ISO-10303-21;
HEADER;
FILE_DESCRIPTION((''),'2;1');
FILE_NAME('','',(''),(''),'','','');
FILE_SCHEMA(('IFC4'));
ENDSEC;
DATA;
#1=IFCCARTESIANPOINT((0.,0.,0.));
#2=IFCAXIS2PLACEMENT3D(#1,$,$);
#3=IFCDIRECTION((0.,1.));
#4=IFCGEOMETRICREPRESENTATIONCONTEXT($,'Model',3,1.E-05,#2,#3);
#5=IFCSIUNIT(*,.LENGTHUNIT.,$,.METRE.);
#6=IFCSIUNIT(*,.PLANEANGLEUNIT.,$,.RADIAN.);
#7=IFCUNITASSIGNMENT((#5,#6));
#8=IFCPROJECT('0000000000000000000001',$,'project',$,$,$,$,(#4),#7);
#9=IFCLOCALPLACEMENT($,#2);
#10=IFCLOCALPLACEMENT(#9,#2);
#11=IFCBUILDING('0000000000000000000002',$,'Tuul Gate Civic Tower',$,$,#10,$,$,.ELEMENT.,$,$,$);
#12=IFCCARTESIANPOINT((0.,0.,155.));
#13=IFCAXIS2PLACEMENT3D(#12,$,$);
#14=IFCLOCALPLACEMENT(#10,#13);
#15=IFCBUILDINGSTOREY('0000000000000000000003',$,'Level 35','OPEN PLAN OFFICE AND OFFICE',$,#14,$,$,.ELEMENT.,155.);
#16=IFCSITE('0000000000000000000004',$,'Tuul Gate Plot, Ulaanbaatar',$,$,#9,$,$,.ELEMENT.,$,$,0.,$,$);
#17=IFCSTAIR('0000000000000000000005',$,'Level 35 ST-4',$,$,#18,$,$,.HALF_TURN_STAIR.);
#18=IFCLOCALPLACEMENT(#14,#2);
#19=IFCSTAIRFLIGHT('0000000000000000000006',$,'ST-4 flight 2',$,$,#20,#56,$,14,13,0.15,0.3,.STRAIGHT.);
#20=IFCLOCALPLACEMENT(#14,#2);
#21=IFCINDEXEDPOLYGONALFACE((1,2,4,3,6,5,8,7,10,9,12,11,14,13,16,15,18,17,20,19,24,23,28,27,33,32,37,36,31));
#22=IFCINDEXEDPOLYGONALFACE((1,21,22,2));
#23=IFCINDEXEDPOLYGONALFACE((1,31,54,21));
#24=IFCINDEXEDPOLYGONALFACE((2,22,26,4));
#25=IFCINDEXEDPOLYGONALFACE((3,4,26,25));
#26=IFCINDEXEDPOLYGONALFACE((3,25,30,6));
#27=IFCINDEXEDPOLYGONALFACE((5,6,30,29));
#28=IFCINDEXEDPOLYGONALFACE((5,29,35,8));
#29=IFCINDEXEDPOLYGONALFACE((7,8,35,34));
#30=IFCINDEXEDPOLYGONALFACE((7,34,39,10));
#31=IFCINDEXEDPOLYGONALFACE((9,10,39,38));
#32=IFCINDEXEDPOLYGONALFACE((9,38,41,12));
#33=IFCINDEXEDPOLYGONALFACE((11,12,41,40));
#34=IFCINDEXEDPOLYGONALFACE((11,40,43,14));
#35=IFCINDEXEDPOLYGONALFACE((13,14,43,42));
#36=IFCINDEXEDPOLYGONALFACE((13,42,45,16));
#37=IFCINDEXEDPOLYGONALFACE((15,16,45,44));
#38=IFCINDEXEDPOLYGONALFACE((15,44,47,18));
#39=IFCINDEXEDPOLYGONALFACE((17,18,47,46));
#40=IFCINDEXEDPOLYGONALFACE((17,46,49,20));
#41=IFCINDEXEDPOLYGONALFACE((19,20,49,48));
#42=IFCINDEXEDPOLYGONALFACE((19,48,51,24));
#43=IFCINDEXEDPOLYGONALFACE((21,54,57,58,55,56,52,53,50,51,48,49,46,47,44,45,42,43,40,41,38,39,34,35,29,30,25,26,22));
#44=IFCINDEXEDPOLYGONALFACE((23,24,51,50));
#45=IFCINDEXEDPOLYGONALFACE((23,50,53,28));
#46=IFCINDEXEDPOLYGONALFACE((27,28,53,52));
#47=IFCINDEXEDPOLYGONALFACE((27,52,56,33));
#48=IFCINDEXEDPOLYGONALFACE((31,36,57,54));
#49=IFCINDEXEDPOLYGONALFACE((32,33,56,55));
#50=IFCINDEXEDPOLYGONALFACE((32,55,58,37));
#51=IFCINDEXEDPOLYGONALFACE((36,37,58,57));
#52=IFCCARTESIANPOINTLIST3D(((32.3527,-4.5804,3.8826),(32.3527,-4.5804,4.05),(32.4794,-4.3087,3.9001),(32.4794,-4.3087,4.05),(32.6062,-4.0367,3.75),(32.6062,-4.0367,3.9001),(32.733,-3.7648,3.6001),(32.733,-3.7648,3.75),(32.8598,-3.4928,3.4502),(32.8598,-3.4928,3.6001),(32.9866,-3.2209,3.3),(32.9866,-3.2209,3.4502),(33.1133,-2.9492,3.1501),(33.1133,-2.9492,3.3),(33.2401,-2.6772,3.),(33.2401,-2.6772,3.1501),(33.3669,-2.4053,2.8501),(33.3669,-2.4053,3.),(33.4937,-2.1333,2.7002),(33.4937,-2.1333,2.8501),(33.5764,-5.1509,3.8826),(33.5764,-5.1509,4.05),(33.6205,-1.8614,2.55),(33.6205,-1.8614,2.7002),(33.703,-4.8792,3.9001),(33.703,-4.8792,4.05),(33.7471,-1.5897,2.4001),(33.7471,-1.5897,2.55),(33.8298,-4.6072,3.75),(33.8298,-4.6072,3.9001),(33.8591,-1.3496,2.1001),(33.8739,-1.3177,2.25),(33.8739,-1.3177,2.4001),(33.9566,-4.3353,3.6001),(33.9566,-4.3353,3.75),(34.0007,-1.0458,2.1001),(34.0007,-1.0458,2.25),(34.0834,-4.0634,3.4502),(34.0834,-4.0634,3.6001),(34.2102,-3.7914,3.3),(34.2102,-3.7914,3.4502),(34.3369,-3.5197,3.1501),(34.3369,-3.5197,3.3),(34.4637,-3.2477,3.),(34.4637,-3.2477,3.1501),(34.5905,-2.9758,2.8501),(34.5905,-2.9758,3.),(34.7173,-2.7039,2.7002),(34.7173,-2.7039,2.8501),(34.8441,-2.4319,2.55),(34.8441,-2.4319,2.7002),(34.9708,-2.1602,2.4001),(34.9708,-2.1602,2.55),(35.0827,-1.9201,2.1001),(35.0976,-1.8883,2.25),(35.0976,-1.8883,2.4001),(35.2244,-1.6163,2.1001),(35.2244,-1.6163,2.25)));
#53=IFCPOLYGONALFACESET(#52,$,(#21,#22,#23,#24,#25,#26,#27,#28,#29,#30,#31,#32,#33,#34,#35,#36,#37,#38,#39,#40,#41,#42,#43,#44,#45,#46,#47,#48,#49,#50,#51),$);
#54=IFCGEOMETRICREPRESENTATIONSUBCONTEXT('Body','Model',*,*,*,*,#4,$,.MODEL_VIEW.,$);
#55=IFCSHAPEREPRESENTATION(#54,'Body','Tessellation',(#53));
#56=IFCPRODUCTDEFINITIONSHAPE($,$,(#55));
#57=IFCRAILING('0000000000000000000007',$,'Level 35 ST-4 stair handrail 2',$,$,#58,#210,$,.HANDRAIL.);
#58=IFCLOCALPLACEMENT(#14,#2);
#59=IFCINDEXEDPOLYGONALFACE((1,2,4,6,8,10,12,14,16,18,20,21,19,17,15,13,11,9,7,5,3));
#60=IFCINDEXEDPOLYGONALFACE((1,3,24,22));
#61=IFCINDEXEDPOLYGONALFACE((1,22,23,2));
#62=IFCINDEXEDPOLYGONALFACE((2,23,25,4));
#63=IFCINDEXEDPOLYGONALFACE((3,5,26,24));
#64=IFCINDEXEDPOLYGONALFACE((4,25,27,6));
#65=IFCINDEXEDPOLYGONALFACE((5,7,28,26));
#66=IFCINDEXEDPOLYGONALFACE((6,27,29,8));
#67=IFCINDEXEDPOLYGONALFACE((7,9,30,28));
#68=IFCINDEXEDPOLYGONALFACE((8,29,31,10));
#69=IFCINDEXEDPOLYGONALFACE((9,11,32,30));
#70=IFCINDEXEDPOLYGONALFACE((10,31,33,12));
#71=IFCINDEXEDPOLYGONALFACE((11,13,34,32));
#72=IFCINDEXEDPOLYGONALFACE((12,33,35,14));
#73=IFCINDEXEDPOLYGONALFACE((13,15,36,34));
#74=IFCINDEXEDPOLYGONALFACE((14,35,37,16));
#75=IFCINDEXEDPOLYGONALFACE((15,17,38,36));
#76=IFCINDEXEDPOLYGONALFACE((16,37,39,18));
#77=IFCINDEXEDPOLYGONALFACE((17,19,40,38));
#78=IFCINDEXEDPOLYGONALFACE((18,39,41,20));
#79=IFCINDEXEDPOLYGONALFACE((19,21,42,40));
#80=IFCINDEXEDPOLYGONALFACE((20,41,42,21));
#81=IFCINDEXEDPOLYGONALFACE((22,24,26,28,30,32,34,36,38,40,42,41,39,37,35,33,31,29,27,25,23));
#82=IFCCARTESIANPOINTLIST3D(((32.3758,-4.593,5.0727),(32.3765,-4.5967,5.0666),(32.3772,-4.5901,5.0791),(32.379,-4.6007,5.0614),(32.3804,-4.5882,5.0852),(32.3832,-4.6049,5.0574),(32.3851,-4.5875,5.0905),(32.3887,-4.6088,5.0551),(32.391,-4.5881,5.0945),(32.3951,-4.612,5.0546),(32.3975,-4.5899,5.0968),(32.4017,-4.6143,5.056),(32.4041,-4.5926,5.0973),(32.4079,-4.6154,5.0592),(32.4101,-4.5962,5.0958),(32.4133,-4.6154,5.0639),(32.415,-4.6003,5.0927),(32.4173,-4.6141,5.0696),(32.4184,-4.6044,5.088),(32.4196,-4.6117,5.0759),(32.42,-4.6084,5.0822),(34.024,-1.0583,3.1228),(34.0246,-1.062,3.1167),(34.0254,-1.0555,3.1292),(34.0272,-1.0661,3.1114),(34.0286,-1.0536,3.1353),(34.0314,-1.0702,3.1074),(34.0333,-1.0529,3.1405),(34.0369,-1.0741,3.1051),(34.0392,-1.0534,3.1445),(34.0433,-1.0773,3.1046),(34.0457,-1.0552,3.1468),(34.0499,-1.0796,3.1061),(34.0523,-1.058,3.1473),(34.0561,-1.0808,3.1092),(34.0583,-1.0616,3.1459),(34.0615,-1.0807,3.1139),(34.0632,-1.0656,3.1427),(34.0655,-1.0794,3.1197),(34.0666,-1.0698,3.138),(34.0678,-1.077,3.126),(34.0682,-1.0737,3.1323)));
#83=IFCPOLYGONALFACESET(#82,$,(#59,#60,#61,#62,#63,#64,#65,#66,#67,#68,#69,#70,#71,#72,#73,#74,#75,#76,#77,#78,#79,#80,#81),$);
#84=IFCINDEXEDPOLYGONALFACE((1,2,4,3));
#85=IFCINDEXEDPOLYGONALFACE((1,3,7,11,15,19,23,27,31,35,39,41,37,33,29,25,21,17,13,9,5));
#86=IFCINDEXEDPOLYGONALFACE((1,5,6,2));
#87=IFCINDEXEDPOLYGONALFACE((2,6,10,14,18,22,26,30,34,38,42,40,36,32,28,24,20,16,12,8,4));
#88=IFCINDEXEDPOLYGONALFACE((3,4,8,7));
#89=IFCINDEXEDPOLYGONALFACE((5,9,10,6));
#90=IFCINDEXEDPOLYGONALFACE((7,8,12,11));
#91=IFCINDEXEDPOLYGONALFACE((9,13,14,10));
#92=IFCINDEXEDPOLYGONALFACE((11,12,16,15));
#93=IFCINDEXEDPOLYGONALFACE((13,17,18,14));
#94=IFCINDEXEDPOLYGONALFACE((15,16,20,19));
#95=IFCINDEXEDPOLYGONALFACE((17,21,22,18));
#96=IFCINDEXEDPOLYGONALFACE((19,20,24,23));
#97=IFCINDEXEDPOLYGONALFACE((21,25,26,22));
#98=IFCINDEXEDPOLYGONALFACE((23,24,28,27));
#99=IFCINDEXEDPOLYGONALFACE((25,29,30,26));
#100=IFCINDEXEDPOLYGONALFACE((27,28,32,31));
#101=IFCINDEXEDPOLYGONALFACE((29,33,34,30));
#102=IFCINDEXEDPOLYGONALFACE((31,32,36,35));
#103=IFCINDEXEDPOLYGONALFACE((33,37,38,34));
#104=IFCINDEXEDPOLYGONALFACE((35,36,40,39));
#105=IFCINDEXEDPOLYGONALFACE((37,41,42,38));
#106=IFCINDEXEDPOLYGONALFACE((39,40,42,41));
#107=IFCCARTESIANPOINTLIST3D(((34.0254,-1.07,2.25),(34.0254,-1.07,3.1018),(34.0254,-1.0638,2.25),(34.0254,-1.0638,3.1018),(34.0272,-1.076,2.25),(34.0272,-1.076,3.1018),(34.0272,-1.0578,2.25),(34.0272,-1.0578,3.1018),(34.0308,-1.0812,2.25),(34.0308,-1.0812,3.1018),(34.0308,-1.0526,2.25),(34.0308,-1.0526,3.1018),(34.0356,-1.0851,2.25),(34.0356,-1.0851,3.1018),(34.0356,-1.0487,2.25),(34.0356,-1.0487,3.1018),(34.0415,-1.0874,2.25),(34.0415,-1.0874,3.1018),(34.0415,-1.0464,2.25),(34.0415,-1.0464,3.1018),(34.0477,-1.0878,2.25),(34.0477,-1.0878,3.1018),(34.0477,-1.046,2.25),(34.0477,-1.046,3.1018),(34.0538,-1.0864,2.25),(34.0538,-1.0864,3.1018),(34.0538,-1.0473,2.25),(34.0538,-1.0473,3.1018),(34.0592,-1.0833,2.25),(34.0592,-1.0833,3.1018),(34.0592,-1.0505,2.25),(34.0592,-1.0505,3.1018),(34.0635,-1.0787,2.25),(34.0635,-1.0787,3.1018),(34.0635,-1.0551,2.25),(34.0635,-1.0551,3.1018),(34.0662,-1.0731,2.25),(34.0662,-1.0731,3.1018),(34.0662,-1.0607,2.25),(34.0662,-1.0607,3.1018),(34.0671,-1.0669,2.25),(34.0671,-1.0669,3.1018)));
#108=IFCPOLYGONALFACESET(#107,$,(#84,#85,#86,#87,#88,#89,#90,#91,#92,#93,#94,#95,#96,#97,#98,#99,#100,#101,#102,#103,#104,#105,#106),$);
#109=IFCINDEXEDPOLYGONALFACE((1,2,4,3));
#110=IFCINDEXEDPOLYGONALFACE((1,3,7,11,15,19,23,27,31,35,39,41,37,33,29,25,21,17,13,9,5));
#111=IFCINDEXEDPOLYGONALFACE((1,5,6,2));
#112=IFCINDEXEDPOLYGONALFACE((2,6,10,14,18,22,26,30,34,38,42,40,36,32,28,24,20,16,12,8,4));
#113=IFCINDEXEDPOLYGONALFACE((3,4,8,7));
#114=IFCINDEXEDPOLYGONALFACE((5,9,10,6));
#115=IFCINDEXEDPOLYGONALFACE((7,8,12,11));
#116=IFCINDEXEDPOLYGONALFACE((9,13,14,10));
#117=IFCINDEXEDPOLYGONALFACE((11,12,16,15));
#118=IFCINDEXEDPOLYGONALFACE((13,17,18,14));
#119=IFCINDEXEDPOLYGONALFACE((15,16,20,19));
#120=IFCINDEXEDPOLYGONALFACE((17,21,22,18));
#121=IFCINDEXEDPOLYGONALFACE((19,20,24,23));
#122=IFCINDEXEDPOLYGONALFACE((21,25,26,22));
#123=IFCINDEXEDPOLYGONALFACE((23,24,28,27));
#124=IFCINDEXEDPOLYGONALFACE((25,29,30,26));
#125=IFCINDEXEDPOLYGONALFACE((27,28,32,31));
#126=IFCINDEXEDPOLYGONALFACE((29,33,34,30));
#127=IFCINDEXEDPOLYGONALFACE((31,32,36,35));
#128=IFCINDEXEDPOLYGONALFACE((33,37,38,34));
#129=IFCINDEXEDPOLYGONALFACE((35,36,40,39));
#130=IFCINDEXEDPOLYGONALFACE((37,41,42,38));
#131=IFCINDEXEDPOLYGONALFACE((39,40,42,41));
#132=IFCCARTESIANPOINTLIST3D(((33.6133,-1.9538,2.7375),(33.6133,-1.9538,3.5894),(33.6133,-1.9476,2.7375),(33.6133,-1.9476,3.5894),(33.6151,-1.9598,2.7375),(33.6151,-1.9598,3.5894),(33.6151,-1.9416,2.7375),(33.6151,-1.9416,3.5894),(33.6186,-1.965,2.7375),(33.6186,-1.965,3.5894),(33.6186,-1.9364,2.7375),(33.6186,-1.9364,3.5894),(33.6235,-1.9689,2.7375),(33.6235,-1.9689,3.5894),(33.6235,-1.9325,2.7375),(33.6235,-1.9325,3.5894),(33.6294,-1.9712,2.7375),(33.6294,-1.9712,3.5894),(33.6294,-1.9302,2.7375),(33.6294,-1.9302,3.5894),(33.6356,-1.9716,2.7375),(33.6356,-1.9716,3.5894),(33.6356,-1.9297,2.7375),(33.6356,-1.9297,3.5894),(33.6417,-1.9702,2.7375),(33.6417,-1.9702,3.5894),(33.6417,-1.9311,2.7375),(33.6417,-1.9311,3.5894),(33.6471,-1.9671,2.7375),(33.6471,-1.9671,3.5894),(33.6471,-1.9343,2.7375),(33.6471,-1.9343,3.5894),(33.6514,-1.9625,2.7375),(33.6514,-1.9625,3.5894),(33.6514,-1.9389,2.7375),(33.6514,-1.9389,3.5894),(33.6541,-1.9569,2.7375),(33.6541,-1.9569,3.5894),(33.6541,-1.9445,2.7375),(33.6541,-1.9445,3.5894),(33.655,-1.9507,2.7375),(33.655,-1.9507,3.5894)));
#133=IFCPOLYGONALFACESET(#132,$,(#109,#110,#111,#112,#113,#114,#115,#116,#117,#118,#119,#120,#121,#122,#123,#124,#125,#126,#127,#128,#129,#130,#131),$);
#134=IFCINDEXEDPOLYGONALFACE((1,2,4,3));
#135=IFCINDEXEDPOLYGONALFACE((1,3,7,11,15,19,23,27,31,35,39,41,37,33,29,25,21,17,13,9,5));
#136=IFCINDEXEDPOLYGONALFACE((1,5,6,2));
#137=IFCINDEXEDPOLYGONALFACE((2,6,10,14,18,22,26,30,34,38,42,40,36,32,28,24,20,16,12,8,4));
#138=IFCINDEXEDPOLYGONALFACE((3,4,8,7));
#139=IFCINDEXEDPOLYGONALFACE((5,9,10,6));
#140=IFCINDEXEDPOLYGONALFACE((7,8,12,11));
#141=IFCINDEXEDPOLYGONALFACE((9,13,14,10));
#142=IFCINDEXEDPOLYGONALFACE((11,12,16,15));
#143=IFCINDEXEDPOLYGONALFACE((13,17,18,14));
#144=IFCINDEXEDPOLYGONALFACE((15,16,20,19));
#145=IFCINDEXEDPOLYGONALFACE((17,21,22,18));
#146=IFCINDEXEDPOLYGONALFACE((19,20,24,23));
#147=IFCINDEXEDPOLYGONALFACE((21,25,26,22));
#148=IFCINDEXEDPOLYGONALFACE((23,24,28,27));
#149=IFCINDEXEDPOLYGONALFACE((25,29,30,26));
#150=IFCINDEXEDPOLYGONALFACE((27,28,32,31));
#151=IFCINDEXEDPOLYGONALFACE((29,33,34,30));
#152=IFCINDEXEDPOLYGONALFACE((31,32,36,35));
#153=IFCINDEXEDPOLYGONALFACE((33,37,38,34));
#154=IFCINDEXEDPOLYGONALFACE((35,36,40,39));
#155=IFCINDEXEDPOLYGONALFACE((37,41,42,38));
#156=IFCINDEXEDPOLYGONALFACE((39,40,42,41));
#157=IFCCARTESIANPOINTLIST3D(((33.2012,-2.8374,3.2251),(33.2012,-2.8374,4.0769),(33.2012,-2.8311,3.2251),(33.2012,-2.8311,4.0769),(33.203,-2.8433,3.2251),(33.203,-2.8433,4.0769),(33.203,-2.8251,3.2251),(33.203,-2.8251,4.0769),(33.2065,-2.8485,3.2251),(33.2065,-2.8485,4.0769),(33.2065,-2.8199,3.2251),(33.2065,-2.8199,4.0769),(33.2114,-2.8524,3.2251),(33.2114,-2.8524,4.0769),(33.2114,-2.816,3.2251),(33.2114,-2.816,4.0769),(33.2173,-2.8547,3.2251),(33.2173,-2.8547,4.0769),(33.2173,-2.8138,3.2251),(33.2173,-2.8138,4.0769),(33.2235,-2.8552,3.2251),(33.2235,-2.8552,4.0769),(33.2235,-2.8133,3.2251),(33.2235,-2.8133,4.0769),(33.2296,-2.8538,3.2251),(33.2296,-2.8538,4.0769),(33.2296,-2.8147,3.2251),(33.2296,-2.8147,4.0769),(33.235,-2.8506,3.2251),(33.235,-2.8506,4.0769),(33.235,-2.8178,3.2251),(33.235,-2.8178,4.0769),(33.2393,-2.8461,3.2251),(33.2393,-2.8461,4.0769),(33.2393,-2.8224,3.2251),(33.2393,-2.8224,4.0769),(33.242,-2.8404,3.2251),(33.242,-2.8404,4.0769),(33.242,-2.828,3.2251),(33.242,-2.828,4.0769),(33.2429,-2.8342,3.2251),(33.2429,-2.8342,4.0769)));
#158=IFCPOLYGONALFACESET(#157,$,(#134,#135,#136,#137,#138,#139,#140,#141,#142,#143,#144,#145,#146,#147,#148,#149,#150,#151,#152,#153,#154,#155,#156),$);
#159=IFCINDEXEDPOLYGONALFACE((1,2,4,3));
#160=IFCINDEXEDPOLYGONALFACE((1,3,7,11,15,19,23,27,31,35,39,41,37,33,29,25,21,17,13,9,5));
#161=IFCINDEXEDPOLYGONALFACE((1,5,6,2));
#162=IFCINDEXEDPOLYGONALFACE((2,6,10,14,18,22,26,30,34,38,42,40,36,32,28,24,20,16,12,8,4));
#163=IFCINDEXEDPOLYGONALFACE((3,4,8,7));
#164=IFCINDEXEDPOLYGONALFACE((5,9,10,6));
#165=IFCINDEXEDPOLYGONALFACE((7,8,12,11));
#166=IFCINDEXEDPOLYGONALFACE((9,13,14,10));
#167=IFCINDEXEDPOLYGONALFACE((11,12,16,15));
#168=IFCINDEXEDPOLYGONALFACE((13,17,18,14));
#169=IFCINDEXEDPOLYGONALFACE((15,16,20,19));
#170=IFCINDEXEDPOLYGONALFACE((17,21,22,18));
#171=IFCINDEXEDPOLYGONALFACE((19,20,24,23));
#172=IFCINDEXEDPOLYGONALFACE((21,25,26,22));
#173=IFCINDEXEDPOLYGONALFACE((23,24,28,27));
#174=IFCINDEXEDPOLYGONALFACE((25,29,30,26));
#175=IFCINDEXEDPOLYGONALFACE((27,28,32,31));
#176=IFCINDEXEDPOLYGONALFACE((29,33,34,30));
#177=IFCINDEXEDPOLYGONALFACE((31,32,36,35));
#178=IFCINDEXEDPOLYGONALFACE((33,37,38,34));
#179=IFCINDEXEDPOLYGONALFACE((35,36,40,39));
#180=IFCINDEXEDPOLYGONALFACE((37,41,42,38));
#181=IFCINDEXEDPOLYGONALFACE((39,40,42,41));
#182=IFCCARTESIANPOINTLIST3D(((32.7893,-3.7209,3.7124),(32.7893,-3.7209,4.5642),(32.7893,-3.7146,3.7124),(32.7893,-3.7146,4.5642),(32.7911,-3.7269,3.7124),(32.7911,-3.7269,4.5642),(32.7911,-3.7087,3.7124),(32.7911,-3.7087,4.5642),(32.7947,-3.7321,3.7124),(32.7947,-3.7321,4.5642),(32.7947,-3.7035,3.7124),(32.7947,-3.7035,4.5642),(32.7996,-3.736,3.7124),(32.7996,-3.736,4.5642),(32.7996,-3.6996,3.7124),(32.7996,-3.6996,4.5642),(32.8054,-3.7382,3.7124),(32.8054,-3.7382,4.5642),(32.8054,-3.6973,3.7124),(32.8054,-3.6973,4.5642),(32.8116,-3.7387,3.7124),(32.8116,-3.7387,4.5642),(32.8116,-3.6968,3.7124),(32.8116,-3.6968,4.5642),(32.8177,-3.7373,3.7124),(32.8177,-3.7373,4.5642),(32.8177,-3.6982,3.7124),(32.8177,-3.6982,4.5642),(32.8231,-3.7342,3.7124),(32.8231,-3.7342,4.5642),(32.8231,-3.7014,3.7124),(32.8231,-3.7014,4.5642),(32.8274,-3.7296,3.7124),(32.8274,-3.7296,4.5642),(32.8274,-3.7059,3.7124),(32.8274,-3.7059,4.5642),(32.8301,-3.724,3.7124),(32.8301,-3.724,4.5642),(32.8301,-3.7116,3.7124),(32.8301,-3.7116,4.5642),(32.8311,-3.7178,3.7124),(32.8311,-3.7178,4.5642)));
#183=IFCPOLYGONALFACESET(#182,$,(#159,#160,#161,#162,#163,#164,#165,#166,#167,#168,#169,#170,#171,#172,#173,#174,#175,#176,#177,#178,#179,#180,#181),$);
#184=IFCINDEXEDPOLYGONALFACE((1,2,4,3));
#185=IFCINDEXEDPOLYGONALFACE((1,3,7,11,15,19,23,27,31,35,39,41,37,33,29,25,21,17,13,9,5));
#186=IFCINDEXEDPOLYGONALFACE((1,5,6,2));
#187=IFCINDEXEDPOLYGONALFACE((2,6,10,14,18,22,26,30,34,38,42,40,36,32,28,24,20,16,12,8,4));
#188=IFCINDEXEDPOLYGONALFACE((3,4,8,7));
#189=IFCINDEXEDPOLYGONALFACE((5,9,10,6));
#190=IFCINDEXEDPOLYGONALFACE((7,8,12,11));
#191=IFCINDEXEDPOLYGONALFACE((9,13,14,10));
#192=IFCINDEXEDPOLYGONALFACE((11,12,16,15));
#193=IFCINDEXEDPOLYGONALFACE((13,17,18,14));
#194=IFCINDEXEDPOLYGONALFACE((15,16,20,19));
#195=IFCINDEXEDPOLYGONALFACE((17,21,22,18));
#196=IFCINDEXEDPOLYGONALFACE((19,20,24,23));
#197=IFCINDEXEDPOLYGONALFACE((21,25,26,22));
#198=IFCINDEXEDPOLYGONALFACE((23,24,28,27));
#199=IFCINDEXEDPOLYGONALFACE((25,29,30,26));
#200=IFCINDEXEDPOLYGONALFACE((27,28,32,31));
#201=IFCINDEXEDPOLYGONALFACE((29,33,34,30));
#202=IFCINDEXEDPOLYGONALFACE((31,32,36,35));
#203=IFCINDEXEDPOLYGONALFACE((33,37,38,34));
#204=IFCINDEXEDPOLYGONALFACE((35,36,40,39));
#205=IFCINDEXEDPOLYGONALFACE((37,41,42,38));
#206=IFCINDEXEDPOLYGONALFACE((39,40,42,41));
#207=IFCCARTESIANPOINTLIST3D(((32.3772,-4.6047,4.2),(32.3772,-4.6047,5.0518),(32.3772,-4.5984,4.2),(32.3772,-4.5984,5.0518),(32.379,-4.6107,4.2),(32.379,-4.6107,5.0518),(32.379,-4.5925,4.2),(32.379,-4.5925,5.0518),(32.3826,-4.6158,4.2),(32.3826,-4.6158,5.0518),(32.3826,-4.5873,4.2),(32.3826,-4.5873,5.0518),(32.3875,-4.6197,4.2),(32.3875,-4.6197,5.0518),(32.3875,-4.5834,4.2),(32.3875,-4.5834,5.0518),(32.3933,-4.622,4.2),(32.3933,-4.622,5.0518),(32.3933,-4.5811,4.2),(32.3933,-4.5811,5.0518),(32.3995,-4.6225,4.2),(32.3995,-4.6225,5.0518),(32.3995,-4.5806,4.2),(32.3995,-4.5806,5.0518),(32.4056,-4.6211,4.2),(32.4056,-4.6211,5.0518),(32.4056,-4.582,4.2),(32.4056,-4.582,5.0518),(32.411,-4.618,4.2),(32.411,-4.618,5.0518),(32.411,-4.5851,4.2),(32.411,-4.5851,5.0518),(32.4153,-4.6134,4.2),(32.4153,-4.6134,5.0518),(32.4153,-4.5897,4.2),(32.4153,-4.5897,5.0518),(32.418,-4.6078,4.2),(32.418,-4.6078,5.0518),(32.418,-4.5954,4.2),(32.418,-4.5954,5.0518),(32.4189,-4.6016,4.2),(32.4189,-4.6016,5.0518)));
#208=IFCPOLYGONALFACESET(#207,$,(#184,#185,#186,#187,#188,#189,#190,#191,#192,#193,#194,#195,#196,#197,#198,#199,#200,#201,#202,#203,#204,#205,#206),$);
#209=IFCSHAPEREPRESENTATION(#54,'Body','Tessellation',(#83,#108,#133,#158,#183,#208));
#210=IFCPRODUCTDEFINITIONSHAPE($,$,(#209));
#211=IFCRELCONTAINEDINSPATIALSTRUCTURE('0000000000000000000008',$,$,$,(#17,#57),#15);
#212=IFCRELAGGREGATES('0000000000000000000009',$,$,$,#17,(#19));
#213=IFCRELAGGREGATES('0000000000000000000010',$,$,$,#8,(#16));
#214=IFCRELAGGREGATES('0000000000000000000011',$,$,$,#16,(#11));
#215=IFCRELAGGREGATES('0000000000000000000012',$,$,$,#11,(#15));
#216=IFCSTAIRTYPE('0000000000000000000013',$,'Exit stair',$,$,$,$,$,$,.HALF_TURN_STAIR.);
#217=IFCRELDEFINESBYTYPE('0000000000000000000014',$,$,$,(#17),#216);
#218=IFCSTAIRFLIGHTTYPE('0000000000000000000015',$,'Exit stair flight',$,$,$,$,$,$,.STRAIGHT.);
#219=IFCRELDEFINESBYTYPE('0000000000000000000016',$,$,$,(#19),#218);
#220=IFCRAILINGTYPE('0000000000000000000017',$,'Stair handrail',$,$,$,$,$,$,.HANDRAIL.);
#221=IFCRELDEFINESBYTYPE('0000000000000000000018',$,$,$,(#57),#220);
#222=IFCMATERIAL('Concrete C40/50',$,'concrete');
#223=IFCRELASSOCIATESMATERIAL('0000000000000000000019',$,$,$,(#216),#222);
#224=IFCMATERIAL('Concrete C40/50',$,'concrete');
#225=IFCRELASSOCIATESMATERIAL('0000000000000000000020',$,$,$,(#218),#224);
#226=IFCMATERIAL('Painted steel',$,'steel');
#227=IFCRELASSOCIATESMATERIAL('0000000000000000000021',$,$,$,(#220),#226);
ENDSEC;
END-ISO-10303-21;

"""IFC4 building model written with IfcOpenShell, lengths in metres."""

from ifc_helpers import new_model, si_unit, direction, frame, origin, origin_2d, place, context, subcontext, project, spatial, polyline, circle, outline, extrude, material, type_object, element, aggregate, save


model = new_model("IFC4")

# Units and contexts
model_context = context("Model", 3, precision=1e-05, world=origin(), true_north=direction((0.0, 1.0)))
body_context = subcontext(model_context, "Body", "Model", "MODEL_VIEW")
ifc_project = project(units=[si_unit("LENGTHUNIT", "METRE"), si_unit("PLANEANGLEUNIT", "RADIAN")], contexts=[model_context])

# Site, building, storey
site_placement = place(None, origin())
site = spatial("IfcSite", under=ifc_project, at=site_placement, Name="Tuul Gate Plot, Ulaanbaatar", CompositionType="ELEMENT", RefElevation=0.0)
building_placement = place(site_placement, origin())
building = spatial("IfcBuilding", under=site, at=building_placement, Name="Tuul Gate Civic Tower", CompositionType="ELEMENT")
storey_placement = place(building_placement, frame((0.0, 0.0, 155.0)))
storey = spatial("IfcBuildingStorey", under=building, at=storey_placement, Name="Level 35", Description="OPEN PLAN OFFICE AND OFFICE", CompositionType="ELEMENT", Elevation=155.0)

# Stair, stair flight
ifc_material_1 = material(Name="Concrete C40/50", Category="concrete")
stair_type = type_object("IfcStairType", Name="Exit stair", PredefinedType="HALF_TURN_STAIR", material=ifc_material_1)
stair_placement = place(storey_placement, origin())
stair = element("IfcStair", 1, at=stair_placement, inside=storey, type_object=stair_type, Name="Level 35 ST-4", PredefinedType="HALF_TURN_STAIR")
ifc_material_2 = material(Name="Concrete C40/50", Category="concrete")
stair_flight_type = type_object("IfcStairFlightType", Name="Exit stair flight", PredefinedType="STRAIGHT", material=ifc_material_2)
stair_flight_1_placement = place(storey_placement, frame((34.6125, -1.3311, 2.1001), z_axis=(0.0, 0.0, 1.0), x_axis=(-0.422576, -0.906327, 0.0)))
stair_flight_1 = element("IfcStairFlight", 2, at=stair_flight_1_placement, type_object=stair_flight_type, Name="ST-4 flight 2", NumberOfRisers=14, NumberOfTreads=13, PredefinedType="STRAIGHT", RiserHeight=0.15, TreadLength=0.3, context=body_context, shape_type="SweptSolid", body=[
    extrude(outline(polyline([(0.0, 0.0), (0.0, 0.1499), (0.3, 0.1499), (0.3, 0.3), (0.6001, 0.3), (0.6001, 0.45), (0.8999, 0.45), (0.8999, 0.6001), (1.2, 0.6001), (1.2, 0.75), (1.5, 0.75), (1.5, 0.8999), (1.8, 0.8999), (1.8, 1.05), (2.1001, 1.05), (2.1001, 1.2), (2.3999, 1.2), (2.3999, 1.3501), (2.7, 1.3501), (2.7, 1.5), (3.0, 1.5), (3.0, 1.6499), (3.3, 1.6499), (3.3, 1.8), (3.6001, 1.8), (3.6001, 1.95), (3.8999, 1.95), (3.8999, 2.1001), (3.8999, 1.7825), (0.3352, 0.0), (0.0, 0.0)])), frame((0.0, 0.675, 0.0), z_axis=(0.0, -1.0, 0.0), x_axis=(1.0, 0.0, 0.0)), (0.0, 0.0, 1.0), 1.3501),
])
aggregate(stair, [stair_flight_1])

# Railing
ifc_material_3 = material(Name="Painted steel", Category="steel")
railing_type_1 = type_object("IfcRailingType", Name="Stair handrail", PredefinedType="HANDRAIL", material=ifc_material_3)
railing_1_placement = place(storey_placement, frame((34.0461, -1.0669, 2.25)))
element("IfcRailing", 3, at=railing_1_placement, inside=storey, type_object=railing_type_1, Name="Level 35 ST-4 stair handrail 2", PredefinedType="HANDRAIL", context=body_context, shape_type="SweptSolid", body=[
    extrude(circle(Radius=0.0239, at=origin_2d()), frame((0.0, 0.0, 0.876), z_axis=(-0.377995, -0.810637, 0.4472), x_axis=(0.906313, -0.422608, 0.0)), (0.0, 0.0, 1.0), 4.3604),
    extrude(circle(Radius=0.021, at=origin_2d()), origin(), (0.0, 0.0, 1.0), 0.8518),
    extrude(circle(Radius=0.021, at=origin_2d()), frame((-0.4121, -0.8838, 0.4875)), (0.0, 0.0, 1.0), 0.8518),
    extrude(circle(Radius=0.021, at=origin_2d()), frame((-0.8242, -1.7673, 0.9751)), (0.0, 0.0, 1.0), 0.8518),
    extrude(circle(Radius=0.021, at=origin_2d()), frame((-1.2361, -2.6509, 1.4624)), (0.0, 0.0, 1.0), 0.8518),
    extrude(circle(Radius=0.021, at=origin_2d()), frame((-1.6482, -3.5347, 1.95)), (0.0, 0.0, 1.0), 0.8518),
])

save(model, "model.ifc")
